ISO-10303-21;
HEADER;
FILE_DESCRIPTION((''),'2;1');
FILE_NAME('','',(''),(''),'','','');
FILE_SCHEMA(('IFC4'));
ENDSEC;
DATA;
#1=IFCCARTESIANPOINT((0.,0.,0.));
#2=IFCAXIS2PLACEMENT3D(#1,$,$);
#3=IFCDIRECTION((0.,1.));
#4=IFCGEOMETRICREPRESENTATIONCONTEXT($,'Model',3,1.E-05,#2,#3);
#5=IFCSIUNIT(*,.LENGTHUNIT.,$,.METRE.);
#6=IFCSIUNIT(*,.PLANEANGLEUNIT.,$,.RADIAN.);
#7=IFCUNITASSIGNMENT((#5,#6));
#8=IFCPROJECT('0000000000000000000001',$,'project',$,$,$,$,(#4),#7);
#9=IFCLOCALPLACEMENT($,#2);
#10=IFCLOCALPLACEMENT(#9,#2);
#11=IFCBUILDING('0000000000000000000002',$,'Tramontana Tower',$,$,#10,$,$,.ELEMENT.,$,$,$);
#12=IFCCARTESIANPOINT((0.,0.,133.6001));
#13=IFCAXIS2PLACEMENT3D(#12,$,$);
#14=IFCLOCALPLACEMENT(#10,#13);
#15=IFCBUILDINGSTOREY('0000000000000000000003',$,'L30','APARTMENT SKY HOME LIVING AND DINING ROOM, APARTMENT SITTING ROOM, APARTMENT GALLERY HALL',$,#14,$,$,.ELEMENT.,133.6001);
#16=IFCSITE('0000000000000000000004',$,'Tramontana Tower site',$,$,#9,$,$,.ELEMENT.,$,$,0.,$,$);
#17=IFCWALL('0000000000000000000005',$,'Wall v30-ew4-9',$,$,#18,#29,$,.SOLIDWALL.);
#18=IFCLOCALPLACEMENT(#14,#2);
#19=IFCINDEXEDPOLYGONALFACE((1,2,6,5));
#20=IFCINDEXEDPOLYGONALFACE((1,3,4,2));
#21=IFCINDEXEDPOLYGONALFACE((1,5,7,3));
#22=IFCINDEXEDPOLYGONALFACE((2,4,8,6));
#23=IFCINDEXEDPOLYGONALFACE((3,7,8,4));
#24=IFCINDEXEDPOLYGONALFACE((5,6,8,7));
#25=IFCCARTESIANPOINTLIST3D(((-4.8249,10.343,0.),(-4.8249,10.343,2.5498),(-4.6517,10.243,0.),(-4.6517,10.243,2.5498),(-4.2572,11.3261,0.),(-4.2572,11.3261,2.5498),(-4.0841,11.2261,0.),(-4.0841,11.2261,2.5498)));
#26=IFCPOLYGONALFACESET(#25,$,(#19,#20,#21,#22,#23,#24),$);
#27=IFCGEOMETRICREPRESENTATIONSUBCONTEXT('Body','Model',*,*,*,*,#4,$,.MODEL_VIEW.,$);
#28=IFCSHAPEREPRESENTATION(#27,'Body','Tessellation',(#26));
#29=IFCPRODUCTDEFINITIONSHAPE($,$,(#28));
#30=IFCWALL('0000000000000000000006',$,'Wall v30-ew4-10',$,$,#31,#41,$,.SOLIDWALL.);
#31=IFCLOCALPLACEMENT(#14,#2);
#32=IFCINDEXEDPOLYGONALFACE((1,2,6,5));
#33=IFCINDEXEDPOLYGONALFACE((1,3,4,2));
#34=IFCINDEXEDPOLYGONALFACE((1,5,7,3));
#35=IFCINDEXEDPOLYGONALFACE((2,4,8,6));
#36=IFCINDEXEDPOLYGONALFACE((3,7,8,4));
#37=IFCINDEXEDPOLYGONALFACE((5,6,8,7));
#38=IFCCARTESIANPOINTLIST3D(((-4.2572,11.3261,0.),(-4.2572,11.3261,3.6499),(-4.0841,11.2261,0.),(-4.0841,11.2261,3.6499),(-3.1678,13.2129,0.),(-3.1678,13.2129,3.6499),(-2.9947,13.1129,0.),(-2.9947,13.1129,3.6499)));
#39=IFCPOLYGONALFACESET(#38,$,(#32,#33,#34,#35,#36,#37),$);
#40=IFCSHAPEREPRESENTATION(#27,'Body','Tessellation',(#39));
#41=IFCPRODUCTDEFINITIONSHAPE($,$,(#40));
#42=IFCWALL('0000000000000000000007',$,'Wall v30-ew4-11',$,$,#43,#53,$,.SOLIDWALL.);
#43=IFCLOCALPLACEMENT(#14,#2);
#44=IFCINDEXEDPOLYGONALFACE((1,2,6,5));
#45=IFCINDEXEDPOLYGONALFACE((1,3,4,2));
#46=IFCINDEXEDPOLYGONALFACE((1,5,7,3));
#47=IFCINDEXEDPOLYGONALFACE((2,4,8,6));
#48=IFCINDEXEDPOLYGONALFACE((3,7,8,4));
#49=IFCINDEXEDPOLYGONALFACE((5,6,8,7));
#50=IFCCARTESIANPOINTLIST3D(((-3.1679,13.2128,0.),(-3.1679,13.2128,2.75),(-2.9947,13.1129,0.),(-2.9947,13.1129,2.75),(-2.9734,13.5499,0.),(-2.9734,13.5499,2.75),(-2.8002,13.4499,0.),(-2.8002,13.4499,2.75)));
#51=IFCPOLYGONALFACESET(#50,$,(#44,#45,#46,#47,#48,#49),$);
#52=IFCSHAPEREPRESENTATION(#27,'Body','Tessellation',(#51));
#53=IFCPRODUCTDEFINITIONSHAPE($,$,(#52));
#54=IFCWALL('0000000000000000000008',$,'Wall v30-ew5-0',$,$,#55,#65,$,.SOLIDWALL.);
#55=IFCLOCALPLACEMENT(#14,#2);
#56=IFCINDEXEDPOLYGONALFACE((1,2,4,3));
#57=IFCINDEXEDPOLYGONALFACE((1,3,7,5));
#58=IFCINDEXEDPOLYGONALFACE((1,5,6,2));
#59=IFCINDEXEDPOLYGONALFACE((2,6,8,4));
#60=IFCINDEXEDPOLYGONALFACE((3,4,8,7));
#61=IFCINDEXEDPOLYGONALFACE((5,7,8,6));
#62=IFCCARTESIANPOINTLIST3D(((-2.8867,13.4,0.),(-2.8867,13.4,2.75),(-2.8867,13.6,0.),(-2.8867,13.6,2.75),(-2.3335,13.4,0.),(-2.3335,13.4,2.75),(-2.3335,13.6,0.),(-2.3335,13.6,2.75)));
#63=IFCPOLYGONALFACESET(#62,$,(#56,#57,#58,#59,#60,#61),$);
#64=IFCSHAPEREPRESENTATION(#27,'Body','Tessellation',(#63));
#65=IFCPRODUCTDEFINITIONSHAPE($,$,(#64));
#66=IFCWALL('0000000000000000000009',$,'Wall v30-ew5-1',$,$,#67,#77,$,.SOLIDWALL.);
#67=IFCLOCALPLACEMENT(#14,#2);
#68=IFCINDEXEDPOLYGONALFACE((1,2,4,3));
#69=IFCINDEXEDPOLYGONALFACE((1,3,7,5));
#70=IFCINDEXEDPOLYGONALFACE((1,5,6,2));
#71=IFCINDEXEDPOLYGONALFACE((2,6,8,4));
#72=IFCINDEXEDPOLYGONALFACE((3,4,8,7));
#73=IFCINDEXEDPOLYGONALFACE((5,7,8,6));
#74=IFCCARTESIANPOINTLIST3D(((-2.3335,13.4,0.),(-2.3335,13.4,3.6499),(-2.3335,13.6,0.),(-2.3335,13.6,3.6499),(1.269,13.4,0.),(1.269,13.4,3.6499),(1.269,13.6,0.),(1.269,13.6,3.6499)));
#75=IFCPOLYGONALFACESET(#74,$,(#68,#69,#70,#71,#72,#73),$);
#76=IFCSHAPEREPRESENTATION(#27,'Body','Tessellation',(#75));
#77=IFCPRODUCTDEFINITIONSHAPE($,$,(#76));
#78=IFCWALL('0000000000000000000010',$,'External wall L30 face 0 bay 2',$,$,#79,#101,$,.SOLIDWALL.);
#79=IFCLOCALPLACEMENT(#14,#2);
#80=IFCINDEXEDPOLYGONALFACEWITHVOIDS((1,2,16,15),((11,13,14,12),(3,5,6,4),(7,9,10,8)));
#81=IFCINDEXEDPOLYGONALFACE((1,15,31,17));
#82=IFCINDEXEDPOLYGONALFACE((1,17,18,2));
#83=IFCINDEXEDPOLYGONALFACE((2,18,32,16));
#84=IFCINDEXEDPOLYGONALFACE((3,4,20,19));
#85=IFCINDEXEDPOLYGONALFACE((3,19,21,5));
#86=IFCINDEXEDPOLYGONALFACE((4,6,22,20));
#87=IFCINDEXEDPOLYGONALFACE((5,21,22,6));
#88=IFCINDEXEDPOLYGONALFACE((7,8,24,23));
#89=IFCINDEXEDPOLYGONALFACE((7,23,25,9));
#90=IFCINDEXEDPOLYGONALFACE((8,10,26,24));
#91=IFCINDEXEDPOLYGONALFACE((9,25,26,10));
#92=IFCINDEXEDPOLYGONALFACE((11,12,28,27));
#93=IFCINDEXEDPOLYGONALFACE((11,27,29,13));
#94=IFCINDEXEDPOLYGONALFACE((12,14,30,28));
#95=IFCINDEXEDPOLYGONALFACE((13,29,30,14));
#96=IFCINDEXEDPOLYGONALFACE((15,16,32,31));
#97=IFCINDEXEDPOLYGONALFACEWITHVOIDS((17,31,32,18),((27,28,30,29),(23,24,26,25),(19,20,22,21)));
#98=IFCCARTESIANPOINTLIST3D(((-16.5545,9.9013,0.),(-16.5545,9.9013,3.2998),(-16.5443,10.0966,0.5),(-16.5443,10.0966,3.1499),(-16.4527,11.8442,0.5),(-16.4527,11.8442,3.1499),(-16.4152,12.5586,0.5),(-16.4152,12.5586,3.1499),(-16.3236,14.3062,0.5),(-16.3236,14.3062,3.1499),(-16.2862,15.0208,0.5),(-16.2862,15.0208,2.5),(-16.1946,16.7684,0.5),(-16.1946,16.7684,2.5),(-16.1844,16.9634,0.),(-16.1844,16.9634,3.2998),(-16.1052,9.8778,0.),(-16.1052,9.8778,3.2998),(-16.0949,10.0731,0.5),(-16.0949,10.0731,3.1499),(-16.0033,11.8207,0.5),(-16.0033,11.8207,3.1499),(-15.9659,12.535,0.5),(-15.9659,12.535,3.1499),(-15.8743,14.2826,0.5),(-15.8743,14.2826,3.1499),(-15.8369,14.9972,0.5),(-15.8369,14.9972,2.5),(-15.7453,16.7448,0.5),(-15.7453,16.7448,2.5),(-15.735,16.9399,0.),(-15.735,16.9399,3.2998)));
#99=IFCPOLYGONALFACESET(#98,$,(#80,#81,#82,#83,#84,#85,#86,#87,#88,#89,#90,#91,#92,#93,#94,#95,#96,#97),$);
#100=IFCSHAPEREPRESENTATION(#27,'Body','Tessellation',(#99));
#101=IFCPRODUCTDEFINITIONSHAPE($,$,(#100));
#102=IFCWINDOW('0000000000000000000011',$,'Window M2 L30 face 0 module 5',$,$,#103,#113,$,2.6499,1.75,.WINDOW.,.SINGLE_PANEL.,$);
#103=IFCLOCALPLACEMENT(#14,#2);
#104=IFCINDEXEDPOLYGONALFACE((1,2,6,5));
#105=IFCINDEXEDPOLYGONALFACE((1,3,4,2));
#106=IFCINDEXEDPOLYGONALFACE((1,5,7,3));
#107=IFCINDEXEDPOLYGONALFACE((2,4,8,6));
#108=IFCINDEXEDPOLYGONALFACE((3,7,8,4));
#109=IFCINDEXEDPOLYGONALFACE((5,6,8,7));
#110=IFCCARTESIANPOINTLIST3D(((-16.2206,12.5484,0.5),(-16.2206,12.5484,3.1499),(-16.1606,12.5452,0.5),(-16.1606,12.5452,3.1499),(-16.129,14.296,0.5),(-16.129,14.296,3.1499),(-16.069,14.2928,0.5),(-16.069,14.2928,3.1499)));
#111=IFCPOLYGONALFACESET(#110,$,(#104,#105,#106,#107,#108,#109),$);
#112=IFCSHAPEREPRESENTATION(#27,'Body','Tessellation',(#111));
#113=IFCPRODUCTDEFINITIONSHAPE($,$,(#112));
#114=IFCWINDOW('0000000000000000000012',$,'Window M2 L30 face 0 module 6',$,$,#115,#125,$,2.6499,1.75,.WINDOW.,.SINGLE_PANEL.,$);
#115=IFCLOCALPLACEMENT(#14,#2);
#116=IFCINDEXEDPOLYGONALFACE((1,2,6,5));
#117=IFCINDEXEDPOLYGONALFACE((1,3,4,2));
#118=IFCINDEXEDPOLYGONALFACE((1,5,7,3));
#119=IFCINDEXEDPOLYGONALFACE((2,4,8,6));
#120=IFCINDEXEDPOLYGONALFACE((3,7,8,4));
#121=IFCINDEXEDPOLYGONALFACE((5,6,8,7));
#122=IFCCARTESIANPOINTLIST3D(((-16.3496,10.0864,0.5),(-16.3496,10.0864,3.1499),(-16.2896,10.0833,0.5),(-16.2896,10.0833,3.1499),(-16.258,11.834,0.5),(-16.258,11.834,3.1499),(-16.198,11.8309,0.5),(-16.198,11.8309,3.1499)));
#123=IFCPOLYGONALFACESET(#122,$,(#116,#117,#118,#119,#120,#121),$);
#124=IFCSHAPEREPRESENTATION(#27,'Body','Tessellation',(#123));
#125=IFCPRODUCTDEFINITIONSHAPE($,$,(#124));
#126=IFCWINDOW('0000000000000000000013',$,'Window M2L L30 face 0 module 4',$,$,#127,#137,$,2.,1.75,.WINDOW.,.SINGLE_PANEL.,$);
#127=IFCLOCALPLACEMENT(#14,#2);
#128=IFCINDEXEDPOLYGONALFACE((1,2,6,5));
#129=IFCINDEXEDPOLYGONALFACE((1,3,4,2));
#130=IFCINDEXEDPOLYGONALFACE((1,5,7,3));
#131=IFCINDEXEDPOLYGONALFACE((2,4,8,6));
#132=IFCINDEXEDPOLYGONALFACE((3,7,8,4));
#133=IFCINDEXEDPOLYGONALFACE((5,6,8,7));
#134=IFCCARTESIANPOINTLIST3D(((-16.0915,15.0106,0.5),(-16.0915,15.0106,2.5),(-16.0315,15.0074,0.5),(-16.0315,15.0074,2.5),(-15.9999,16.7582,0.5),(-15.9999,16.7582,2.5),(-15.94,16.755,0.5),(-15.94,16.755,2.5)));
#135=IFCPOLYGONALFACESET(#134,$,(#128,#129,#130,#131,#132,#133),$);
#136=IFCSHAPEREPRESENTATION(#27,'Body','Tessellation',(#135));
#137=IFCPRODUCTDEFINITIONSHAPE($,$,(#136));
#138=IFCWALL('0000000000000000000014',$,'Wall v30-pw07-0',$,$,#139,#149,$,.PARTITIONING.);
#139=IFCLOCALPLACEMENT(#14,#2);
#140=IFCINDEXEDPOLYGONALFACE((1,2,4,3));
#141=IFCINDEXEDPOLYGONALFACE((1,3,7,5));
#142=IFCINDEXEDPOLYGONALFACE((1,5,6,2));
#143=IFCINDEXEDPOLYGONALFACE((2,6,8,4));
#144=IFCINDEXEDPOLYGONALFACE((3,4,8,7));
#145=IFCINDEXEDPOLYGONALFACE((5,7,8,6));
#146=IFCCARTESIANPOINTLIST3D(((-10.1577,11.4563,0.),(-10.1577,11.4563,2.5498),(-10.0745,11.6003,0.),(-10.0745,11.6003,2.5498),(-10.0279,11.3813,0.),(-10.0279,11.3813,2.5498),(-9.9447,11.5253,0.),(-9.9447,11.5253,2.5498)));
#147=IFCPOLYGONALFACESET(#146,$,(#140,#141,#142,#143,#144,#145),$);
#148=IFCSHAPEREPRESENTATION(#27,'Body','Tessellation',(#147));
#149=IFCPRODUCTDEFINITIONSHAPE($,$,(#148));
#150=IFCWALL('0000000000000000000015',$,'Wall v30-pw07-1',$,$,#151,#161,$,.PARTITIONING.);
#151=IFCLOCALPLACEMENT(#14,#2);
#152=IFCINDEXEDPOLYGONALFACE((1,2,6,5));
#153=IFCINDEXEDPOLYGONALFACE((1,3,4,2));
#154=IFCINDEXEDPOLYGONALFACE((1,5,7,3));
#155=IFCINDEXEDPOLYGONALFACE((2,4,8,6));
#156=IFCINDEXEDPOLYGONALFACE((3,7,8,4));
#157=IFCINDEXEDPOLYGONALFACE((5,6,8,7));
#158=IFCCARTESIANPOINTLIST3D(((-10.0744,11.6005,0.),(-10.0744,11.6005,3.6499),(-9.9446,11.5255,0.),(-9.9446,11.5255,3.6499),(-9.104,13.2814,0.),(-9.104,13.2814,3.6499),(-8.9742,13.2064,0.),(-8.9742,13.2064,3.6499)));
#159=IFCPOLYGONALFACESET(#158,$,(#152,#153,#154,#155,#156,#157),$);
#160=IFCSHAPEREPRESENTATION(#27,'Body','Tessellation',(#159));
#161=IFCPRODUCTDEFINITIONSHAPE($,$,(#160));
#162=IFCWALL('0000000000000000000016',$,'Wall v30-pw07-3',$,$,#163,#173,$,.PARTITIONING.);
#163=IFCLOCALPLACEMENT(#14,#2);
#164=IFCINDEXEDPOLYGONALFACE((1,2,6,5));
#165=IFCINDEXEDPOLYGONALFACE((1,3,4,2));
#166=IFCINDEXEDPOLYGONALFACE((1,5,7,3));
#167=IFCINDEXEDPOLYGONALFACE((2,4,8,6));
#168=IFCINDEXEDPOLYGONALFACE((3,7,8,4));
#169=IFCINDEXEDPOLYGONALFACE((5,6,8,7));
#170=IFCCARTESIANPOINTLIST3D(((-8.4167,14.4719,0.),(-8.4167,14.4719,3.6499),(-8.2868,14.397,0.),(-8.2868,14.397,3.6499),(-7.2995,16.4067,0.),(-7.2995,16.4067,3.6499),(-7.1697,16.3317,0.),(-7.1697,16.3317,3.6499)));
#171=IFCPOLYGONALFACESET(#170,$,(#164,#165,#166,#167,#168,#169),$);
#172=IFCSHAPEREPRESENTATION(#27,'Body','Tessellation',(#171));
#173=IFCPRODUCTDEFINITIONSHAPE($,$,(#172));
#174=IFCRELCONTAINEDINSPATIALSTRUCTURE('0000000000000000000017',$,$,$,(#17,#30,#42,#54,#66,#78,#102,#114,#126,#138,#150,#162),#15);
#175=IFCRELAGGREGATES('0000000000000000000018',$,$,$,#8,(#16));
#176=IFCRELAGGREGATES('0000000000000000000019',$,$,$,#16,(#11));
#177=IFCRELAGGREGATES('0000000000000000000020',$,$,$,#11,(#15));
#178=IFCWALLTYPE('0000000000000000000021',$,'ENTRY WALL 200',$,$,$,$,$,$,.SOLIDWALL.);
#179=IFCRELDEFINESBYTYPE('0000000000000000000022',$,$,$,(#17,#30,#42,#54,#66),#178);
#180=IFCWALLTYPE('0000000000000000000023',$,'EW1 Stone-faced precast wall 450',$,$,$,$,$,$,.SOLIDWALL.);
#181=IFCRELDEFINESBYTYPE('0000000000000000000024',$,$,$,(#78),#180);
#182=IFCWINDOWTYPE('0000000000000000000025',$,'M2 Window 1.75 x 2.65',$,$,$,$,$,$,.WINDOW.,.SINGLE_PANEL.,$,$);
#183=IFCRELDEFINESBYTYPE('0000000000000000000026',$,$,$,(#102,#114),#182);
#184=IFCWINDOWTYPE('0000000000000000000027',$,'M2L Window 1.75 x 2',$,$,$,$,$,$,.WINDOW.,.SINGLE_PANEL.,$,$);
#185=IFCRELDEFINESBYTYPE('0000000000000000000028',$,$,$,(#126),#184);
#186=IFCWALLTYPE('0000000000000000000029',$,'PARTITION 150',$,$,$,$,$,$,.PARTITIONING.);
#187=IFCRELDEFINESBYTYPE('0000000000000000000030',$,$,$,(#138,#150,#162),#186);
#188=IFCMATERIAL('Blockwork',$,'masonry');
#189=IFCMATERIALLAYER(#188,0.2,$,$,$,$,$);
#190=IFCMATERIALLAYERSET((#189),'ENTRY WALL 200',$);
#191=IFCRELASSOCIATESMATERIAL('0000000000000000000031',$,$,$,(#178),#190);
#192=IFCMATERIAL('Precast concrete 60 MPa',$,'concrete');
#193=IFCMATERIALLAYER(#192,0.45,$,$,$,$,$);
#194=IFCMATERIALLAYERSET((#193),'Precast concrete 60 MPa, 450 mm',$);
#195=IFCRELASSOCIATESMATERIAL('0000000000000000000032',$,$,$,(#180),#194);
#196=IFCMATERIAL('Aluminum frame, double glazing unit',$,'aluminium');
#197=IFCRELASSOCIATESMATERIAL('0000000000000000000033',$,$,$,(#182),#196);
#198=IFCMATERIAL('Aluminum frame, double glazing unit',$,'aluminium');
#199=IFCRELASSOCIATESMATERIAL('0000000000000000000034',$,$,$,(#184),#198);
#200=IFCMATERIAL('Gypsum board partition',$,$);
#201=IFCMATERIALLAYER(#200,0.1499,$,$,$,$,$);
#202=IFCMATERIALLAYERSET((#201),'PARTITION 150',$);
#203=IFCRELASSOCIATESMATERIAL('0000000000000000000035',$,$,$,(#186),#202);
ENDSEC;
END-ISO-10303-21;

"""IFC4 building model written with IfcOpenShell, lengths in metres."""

from ifc_helpers import new_model, si_unit, direction, frame, frame_2d, origin, place, context, subcontext, project, spatial, rectangle, extrude, material, layer, layer_set, type_object, element, fill, save


model = new_model("IFC4")

# Units and contexts
model_context = context("Model", 3, precision=1e-05, world=origin(), true_north=direction((0.0, 1.0)))
body_context = subcontext(model_context, "Body", "Model", "MODEL_VIEW")
ifc_project = project(units=[si_unit("LENGTHUNIT", "METRE"), si_unit("PLANEANGLEUNIT", "RADIAN")], contexts=[model_context])

# Site, building, storey
site_placement = place(None, origin())
site = spatial("IfcSite", under=ifc_project, at=site_placement, Name="Tramontana Tower site", CompositionType="ELEMENT", RefElevation=0.0)
building_placement = place(site_placement, origin())
building = spatial("IfcBuilding", under=site, at=building_placement, Name="Tramontana Tower", CompositionType="ELEMENT")
storey_placement = place(building_placement, frame((0.0, 0.0, 133.6001)))
storey = spatial("IfcBuildingStorey", under=building, at=storey_placement, Name="L30", Description="APARTMENT SKY HOME LIVING AND DINING ROOM, APARTMENT SITTING ROOM, APARTMENT GALLERY HALL", CompositionType="ELEMENT", Elevation=133.6001)

# Walls
ifc_material_1 = material(Name="Blockwork", Category="masonry")
ifc_layer_1 = layer(ifc_material_1, 0.2)
ifc_layer_set_1 = layer_set([ifc_layer_1], Name="ENTRY WALL 200")
wall_type_1 = type_object("IfcWallType", Name="ENTRY WALL 200", PredefinedType="SOLIDWALL", material=ifc_layer_set_1)
wall_1_placement = place(storey_placement, frame((-4.7383, 10.293, 0.0), z_axis=(0.0, 0.0, 1.0), x_axis=(0.500002, 0.866024, 0.0)))
element("IfcWall", 1, at=wall_1_placement, inside=storey, type_object=wall_type_1, Name="Wall v30-ew4-9", PredefinedType="SOLIDWALL", context=body_context, shape_type="SweptSolid", body=[
    extrude(rectangle(XDim=1.1353, YDim=0.2, at=frame_2d((0.5676, 0.0))), origin(), (0.0, 0.0, 1.0), 2.5498),
])
wall_2_placement = place(storey_placement, frame((-4.1707, 11.2761, 0.0), z_axis=(0.0, 0.0, 1.0), x_axis=(0.50002, 0.866014, 0.0)))
element("IfcWall", 2, at=wall_2_placement, inside=storey, type_object=wall_type_1, Name="Wall v30-ew4-10", PredefinedType="SOLIDWALL", context=body_context, shape_type="SweptSolid", body=[
    extrude(rectangle(XDim=2.1787, YDim=0.2, at=frame_2d((1.0894, 0.0))), origin(), (0.0, 0.0, 1.0), 3.6499),
])
wall_3_placement = place(storey_placement, frame((-3.0813, 13.1628, 0.0), z_axis=(0.0, 0.0, 1.0), x_axis=(0.499849, 0.866112, 0.0)))
element("IfcWall", 3, at=wall_3_placement, inside=storey, type_object=wall_type_1, Name="Wall v30-ew4-11", PredefinedType="SOLIDWALL", context=body_context, shape_type="SweptSolid", body=[
    extrude(rectangle(XDim=0.3892, YDim=0.2, at=frame_2d((0.1946, 0.0))), origin(), (0.0, 0.0, 1.0), 2.75),
])
wall_4_placement = place(storey_placement, frame((-2.8867, 13.5, 0.0), z_axis=(0.0, 0.0, 1.0), x_axis=(1.0, 0.0, 0.0)))
element("IfcWall", 4, at=wall_4_placement, inside=storey, type_object=wall_type_1, Name="Wall v30-ew5-0", PredefinedType="SOLIDWALL", context=body_context, shape_type="SweptSolid", body=[
    extrude(rectangle(XDim=0.5532, YDim=0.2, at=frame_2d((0.2766, 0.0))), origin(), (0.0, 0.0, 1.0), 2.75),
])
wall_5_placement = place(storey_placement, frame((-2.3335, 13.5, 0.0), z_axis=(0.0, 0.0, 1.0), x_axis=(1.0, 0.0, 0.0)))
element("IfcWall", 5, at=wall_5_placement, inside=storey, type_object=wall_type_1, Name="Wall v30-ew5-1", PredefinedType="SOLIDWALL", context=body_context, shape_type="SweptSolid", body=[
    extrude(rectangle(XDim=3.6025, YDim=0.2, at=frame_2d((1.8013, 0.0))), origin(), (0.0, 0.0, 1.0), 3.6499),
])

# Wall, openings, windows
ifc_material_2 = material(Name="Precast concrete 60 MPa", Category="concrete")
ifc_layer_2 = layer(ifc_material_2, 0.45)
ifc_layer_set_2 = layer_set([ifc_layer_2], Name="Precast concrete 60 MPa, 450 mm")
wall_type_2 = type_object("IfcWallType", Name="EW1 Stone-faced precast wall 450", PredefinedType="SOLIDWALL", material=ifc_layer_set_2)
wall_6_placement = place(storey_placement, frame((-15.9597, 16.9517, 0.0), z_axis=(0.0, 0.0, 1.0), x_axis=(-0.052338, -0.998629, 0.0)))
wall_6 = element("IfcWall", 6, at=wall_6_placement, inside=storey, type_object=wall_type_2, Name="External wall L30 face 0 bay 2", PredefinedType="SOLIDWALL", context=body_context, shape_type="SweptSolid", body=[
    extrude(rectangle(XDim=7.0718, YDim=0.45, at=frame_2d((3.5359, 0.0))), origin(), (0.0, 0.0, 1.0), 3.2998),
])
opening_1_placement = place(wall_6_placement, frame((0.1953, 0.0, 0.5)))
opening_1 = element("IfcOpeningElement", 7, at=opening_1_placement, cuts=wall_6, PredefinedType="OPENING", context=body_context, shape_type="SweptSolid", body=[
    extrude(rectangle(XDim=1.75, YDim=2.0, at=frame_2d((0.875, 1.0))), frame((0.0, 0.2349, 0.0), z_axis=(0.0, -1.0, 0.0), x_axis=(1.0, 0.0, 0.0)), (0.0, 0.0, 1.0), 0.47),
])
opening_2_placement = place(wall_6_placement, frame((2.6609, 0.0, 0.5)))
opening_2 = element("IfcOpeningElement", 8, at=opening_2_placement, cuts=wall_6, PredefinedType="OPENING", context=body_context, shape_type="SweptSolid", body=[
    extrude(rectangle(XDim=1.75, YDim=2.6499, at=frame_2d((0.875, 1.325))), frame((0.0, 0.2349, 0.0), z_axis=(0.0, -1.0, 0.0), x_axis=(1.0, 0.0, 0.0)), (0.0, 0.0, 1.0), 0.47),
])
opening_3_placement = place(wall_6_placement, frame((5.1262, 0.0, 0.5)))
opening_3 = element("IfcOpeningElement", 9, at=opening_3_placement, cuts=wall_6, PredefinedType="OPENING", context=body_context, shape_type="SweptSolid", body=[
    extrude(rectangle(XDim=1.75, YDim=2.6499, at=frame_2d((0.875, 1.325))), frame((0.0, 0.2349, 0.0), z_axis=(0.0, -1.0, 0.0), x_axis=(1.0, 0.0, 0.0)), (0.0, 0.0, 1.0), 0.47),
])
ifc_material_3 = material(Name="Aluminum frame, double glazing unit", Category="aluminium")
window_type_1 = type_object("IfcWindowType", Name="M2 Window 1.75 x 2.65", PartitioningType="SINGLE_PANEL", PredefinedType="WINDOW", material=ifc_material_3)
window_1_placement = place(opening_2_placement, origin())
window_1 = element("IfcWindow", 10, at=window_1_placement, inside=storey, type_object=window_type_1, Name="Window M2 L30 face 0 module 5", OverallHeight=2.6499, OverallWidth=1.75, PartitioningType="SINGLE_PANEL", PredefinedType="WINDOW", context=body_context, shape_type="SweptSolid", body=[
    extrude(rectangle(XDim=1.75, YDim=2.6499, at=frame_2d((0.875, 1.325))), frame((0.0, 0.03, 0.0), z_axis=(0.0, -1.0, 0.0), x_axis=(1.0, 0.0, 0.0)), (0.0, 0.0, 1.0), 0.0601),
])
fill(opening_2, window_1)
window_2_placement = place(opening_3_placement, origin())
window_2 = element("IfcWindow", 11, at=window_2_placement, inside=storey, type_object=window_type_1, Name="Window M2 L30 face 0 module 6", OverallHeight=2.6499, OverallWidth=1.75, PartitioningType="SINGLE_PANEL", PredefinedType="WINDOW", context=body_context, shape_type="SweptSolid", body=[
    extrude(rectangle(XDim=1.75, YDim=2.6499, at=frame_2d((0.875, 1.325))), frame((0.0, 0.03, 0.0), z_axis=(0.0, -1.0, 0.0), x_axis=(1.0, 0.0, 0.0)), (0.0, 0.0, 1.0), 0.0601),
])
fill(opening_3, window_2)
ifc_material_4 = material(Name="Aluminum frame, double glazing unit", Category="aluminium")
window_type_2 = type_object("IfcWindowType", Name="M2L Window 1.75 x 2", PartitioningType="SINGLE_PANEL", PredefinedType="WINDOW", material=ifc_material_4)
window_3_placement = place(opening_1_placement, origin())
window_3 = element("IfcWindow", 12, at=window_3_placement, inside=storey, type_object=window_type_2, Name="Window M2L L30 face 0 module 4", OverallHeight=2.0, OverallWidth=1.75, PartitioningType="SINGLE_PANEL", PredefinedType="WINDOW", context=body_context, shape_type="SweptSolid", body=[
    extrude(rectangle(XDim=1.75, YDim=2.0, at=frame_2d((0.875, 1.0))), frame((0.0, 0.03, 0.0), z_axis=(0.0, -1.0, 0.0), x_axis=(1.0, 0.0, 0.0)), (0.0, 0.0, 1.0), 0.0601),
])
fill(opening_1, window_3)

# Walls
ifc_material_5 = material(Name="Gypsum board partition")
ifc_layer_3 = layer(ifc_material_5, 0.1499)
ifc_layer_set_3 = layer_set([ifc_layer_3], Name="PARTITION 150")
wall_type_3 = type_object("IfcWallType", Name="PARTITION 150", PredefinedType="PARTITIONING", material=ifc_layer_set_3)
wall_7_placement = place(storey_placement, frame((-10.0928, 11.4189, 0.0), z_axis=(0.0, 0.0, 1.0), x_axis=(0.5004, 0.865794, 0.0)))
element("IfcWall", 13, at=wall_7_placement, inside=storey, type_object=wall_type_3, Name="Wall v30-pw07-0", PredefinedType="PARTITIONING", context=body_context, shape_type="SweptSolid", body=[
    extrude(rectangle(XDim=0.1663, YDim=0.1499, at=frame_2d((0.083, 0.0))), origin(), (0.0, 0.0, 1.0), 2.5498),
])
wall_8_placement = place(storey_placement, frame((-10.0095, 11.563, 0.0), z_axis=(0.0, 0.0, 1.0), x_axis=(0.499995, 0.866028, 0.0)))
element("IfcWall", 14, at=wall_8_placement, inside=storey, type_object=wall_type_3, Name="Wall v30-pw07-1", PredefinedType="PARTITIONING", context=body_context, shape_type="SweptSolid", body=[
    extrude(rectangle(XDim=1.9409, YDim=0.1499, at=frame_2d((0.9705, 0.0))), origin(), (0.0, 0.0, 1.0), 3.6499),
])

# Wall
wall_9_placement = place(storey_placement, frame((-8.3518, 14.4343, 0.0), z_axis=(0.0, 0.0, 1.0), x_axis=(0.500041, 0.866002, 0.0)))
element("IfcWall", 15, at=wall_9_placement, inside=storey, type_object=wall_type_3, Name="Wall v30-pw07-3", PredefinedType="PARTITIONING", context=body_context, shape_type="SweptSolid", body=[
    extrude(rectangle(XDim=2.2341, YDim=0.1499, at=frame_2d((1.1172, 0.0))), origin(), (0.0, 0.0, 1.0), 3.6499),
])

save(model, "model.ifc")
